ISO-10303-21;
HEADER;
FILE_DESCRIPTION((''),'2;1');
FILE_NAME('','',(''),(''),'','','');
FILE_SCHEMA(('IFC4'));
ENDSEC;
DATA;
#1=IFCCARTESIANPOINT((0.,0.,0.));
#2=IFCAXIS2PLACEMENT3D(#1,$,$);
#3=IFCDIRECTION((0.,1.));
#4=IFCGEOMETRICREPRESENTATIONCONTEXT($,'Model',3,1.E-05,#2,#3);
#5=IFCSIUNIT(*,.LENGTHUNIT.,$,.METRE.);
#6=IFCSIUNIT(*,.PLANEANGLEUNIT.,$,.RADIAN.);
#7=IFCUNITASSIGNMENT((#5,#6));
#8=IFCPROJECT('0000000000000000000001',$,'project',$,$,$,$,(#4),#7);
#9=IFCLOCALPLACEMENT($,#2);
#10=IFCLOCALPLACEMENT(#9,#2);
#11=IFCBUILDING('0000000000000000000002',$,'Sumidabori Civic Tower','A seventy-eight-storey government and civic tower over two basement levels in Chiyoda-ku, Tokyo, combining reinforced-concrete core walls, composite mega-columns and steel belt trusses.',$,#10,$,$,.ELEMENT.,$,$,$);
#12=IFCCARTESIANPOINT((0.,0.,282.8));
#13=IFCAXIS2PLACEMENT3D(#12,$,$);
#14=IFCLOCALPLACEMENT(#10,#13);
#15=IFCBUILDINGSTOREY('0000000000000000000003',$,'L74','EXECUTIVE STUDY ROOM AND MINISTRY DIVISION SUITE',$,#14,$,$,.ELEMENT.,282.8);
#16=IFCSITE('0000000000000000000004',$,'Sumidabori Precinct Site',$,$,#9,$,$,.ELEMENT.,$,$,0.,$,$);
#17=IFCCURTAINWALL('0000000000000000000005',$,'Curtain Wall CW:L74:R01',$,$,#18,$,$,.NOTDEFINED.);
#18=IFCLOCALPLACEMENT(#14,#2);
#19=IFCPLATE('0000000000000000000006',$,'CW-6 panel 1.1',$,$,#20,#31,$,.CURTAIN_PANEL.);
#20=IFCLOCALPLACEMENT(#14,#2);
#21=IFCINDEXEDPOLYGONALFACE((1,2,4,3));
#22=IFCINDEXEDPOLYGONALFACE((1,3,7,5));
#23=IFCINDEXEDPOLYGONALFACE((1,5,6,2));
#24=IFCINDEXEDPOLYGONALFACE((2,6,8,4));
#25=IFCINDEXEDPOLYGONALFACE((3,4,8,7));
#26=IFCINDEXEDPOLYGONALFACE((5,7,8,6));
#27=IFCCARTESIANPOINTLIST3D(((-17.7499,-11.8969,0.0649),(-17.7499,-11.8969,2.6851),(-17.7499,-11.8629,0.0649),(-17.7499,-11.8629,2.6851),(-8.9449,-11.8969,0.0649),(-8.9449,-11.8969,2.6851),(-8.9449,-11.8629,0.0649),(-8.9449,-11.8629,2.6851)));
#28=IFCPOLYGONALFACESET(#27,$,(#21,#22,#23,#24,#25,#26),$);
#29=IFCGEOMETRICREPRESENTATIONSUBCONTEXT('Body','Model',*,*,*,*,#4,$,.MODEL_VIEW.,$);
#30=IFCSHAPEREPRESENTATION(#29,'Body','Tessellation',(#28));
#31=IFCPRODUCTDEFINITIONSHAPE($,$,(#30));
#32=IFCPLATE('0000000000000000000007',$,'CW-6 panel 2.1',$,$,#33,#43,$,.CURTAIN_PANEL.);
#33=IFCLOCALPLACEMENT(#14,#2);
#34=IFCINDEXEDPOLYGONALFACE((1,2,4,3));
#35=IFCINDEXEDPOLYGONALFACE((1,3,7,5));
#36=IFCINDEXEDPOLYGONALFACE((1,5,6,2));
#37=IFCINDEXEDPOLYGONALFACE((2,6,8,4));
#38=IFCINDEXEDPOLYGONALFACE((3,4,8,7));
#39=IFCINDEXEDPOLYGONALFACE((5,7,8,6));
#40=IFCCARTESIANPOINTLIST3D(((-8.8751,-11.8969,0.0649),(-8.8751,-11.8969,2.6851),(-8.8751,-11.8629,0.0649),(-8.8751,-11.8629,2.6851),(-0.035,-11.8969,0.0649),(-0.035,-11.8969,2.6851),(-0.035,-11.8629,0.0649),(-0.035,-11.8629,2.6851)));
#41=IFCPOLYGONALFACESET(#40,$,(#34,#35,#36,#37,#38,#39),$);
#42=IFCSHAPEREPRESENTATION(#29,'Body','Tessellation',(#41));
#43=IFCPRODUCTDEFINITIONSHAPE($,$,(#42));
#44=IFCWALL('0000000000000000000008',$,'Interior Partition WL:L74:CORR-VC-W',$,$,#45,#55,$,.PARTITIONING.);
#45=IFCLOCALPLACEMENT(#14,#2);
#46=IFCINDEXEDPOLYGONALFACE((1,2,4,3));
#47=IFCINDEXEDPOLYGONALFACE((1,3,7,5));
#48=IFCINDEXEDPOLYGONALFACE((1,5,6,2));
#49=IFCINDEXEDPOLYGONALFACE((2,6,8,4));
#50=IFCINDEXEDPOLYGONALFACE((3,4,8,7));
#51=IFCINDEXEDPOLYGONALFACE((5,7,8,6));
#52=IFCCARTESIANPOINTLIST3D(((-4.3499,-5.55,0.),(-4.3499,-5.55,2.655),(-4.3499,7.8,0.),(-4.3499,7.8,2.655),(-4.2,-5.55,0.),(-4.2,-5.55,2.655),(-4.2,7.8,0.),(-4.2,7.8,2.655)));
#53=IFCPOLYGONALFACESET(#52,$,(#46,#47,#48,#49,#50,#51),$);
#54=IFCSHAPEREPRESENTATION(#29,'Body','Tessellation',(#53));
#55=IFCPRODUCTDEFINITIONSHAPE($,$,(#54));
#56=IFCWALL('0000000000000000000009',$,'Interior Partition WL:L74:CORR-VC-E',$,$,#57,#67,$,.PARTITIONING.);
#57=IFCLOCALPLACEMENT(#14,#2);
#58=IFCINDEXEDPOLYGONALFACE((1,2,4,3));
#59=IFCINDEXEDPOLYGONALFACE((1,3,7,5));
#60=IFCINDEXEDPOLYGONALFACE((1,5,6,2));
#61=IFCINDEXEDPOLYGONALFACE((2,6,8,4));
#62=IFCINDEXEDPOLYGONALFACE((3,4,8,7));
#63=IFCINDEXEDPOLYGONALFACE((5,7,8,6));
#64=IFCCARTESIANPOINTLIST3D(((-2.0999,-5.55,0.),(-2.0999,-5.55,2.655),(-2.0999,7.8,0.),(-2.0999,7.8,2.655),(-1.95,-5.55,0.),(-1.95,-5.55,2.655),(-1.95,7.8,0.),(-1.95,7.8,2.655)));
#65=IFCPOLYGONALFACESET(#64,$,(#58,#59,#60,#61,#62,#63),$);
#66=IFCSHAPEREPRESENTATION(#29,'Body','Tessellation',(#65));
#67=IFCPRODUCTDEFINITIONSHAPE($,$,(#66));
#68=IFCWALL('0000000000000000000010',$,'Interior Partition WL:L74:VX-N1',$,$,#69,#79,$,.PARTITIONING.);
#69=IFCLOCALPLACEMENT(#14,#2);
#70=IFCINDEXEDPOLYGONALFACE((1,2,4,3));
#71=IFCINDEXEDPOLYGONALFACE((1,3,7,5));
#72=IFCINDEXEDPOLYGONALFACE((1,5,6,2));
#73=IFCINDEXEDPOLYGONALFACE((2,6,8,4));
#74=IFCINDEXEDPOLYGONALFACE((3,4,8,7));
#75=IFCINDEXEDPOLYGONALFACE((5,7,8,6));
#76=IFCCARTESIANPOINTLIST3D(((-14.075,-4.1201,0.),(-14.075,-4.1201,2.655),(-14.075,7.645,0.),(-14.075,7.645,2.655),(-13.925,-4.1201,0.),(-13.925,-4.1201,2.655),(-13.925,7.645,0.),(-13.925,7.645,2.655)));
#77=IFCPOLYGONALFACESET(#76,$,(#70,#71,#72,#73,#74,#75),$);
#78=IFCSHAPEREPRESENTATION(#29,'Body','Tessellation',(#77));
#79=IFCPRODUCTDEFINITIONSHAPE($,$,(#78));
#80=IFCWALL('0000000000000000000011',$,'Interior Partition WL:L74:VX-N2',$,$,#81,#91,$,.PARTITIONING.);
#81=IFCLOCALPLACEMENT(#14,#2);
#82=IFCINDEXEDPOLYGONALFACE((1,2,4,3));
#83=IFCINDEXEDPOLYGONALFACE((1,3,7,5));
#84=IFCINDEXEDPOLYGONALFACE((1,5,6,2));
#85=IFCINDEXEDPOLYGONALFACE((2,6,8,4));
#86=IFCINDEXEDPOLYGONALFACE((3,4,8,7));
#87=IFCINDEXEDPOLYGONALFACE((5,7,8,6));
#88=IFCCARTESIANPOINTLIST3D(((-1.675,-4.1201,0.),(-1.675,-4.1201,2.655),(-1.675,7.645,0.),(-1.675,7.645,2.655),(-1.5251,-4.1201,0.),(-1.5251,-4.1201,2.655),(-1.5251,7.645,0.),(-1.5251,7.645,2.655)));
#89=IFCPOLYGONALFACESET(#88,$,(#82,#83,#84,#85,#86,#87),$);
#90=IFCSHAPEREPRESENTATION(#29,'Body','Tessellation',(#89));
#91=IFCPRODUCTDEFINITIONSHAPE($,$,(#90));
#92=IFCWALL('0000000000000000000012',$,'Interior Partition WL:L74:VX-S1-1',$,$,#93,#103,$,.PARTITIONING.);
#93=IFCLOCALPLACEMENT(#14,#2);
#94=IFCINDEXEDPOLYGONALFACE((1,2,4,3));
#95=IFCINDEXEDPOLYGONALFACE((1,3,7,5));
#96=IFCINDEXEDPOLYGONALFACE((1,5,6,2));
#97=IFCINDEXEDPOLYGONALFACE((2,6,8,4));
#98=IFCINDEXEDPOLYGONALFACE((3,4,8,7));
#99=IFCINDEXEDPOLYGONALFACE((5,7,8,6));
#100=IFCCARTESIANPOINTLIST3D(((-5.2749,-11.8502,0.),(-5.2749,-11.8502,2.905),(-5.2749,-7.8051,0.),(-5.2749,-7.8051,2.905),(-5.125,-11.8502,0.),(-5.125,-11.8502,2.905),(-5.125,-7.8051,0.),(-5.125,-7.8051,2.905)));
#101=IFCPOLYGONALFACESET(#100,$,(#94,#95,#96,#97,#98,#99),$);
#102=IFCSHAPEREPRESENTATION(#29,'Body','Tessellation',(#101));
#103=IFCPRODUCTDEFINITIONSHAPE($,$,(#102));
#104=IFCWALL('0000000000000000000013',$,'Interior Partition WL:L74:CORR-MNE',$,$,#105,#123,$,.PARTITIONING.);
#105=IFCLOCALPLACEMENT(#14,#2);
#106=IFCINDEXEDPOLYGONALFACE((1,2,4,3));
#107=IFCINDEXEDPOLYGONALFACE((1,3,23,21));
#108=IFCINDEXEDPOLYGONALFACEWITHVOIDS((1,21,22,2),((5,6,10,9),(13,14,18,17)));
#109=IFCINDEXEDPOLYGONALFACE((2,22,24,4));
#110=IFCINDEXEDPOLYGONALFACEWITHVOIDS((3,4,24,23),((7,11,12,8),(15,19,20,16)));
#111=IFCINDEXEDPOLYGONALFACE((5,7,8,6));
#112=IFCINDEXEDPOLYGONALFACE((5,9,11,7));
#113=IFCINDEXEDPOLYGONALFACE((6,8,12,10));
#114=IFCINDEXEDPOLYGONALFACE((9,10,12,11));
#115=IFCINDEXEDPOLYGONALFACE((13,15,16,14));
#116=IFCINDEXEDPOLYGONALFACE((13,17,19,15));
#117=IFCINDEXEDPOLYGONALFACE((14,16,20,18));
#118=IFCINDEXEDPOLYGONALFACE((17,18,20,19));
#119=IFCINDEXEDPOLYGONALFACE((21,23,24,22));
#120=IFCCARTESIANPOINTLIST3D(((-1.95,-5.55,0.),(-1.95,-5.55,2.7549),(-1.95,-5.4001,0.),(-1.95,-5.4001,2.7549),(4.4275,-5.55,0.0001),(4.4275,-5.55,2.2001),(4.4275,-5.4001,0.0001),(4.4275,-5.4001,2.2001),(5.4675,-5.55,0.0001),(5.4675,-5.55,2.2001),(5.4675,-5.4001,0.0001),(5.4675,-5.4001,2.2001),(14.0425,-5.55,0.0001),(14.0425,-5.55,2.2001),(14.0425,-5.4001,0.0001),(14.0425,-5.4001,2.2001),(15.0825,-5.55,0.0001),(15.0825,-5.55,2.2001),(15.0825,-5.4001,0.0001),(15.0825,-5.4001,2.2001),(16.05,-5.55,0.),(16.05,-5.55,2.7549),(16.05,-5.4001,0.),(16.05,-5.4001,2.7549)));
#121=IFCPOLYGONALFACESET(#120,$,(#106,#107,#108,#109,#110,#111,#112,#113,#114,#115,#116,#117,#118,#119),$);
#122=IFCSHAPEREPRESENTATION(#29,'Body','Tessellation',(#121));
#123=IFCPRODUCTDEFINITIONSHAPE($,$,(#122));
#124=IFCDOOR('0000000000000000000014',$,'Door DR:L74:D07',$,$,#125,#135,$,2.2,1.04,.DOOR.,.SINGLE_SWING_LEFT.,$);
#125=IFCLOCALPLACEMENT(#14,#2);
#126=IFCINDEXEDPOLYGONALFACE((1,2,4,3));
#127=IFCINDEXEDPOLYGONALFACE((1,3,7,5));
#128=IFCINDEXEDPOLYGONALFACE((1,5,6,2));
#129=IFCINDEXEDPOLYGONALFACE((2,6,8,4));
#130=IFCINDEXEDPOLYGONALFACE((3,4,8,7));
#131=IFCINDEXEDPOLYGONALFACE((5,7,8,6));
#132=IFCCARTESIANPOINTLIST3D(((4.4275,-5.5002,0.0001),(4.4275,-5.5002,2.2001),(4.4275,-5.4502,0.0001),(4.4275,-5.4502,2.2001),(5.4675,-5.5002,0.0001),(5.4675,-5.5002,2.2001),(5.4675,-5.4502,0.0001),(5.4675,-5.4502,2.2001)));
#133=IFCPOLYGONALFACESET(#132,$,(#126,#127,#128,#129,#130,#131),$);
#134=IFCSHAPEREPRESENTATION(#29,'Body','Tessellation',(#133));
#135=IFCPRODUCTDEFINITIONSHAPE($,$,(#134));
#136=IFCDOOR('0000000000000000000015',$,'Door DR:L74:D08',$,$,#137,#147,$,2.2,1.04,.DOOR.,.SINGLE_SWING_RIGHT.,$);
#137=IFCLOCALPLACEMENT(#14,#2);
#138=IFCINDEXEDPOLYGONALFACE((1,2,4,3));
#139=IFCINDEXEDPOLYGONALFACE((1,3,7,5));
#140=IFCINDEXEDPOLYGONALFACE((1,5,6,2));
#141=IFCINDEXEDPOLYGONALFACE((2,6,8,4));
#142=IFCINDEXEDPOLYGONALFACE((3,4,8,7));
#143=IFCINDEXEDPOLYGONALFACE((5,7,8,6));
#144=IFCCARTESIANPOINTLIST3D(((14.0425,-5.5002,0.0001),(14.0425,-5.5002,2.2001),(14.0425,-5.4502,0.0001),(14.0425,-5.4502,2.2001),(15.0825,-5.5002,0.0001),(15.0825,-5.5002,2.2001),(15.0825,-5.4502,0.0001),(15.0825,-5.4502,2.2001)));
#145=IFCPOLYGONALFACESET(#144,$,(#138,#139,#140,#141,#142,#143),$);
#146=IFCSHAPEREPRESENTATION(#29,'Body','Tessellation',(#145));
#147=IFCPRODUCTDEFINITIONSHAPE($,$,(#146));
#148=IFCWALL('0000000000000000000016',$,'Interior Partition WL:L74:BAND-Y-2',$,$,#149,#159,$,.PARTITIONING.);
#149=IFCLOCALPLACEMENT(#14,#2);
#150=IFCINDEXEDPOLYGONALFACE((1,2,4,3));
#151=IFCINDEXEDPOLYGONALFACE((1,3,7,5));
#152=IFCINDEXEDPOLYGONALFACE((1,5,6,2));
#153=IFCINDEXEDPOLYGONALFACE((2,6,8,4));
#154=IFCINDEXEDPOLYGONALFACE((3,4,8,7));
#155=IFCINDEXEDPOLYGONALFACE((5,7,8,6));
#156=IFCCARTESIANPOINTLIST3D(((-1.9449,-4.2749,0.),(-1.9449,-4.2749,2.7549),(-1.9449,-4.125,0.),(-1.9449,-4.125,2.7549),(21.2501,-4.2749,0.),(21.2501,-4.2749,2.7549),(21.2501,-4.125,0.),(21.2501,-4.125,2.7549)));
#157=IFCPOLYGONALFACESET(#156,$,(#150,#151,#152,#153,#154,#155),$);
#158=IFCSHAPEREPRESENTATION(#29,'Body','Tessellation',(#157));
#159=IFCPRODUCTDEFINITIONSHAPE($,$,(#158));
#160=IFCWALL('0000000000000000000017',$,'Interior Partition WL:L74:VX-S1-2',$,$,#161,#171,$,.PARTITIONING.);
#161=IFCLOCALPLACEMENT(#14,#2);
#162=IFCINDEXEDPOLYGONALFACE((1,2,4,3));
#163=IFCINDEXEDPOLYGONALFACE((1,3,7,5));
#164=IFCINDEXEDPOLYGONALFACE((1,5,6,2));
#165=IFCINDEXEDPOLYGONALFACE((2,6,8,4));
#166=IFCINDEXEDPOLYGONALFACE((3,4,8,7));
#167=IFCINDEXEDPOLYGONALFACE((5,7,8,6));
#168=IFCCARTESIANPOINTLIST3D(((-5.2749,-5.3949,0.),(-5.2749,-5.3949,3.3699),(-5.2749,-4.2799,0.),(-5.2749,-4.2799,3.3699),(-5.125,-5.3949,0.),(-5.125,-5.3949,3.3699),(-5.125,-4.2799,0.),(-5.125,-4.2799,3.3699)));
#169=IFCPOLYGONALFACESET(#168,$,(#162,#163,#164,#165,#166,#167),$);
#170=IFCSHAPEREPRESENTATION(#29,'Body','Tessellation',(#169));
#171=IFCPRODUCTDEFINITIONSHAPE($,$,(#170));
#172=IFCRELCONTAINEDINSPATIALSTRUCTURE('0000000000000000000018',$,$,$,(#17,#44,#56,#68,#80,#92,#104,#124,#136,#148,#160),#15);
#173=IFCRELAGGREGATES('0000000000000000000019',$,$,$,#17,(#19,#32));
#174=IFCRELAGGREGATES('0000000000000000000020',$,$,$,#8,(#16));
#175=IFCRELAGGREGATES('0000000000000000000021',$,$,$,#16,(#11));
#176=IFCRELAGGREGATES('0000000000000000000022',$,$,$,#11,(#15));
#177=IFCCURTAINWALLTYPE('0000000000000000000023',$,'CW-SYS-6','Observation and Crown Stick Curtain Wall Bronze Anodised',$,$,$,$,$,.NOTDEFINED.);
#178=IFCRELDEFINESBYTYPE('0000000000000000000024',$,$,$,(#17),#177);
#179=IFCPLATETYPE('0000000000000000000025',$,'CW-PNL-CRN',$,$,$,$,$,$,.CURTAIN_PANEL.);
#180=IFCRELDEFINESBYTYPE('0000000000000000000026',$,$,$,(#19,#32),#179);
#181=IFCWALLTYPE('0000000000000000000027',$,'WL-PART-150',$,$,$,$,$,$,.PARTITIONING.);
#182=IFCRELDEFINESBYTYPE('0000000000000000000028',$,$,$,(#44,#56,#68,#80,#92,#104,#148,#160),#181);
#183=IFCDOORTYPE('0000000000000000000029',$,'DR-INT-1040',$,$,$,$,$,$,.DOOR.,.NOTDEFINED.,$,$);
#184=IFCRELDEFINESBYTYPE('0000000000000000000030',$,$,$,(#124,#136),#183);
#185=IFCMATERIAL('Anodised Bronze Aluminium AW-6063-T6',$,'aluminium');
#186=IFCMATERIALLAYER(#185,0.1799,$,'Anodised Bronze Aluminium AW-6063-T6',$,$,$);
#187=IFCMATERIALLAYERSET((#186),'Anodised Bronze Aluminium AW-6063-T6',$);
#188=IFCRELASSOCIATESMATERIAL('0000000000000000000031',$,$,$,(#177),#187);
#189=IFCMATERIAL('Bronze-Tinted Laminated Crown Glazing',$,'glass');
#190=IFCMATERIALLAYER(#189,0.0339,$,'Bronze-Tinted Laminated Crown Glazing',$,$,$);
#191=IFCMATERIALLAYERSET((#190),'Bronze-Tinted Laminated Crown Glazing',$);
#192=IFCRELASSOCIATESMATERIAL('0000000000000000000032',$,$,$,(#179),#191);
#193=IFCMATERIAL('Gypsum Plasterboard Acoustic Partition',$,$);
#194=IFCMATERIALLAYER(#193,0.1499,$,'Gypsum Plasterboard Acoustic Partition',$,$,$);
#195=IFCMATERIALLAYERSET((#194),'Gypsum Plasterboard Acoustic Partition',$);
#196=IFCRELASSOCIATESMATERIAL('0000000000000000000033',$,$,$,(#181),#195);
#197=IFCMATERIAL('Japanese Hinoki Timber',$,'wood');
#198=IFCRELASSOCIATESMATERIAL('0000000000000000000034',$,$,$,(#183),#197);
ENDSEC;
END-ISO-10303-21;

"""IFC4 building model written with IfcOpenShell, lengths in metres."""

from ifc_helpers import new_model, si_unit, direction, frame, frame_2d, origin, origin_2d, place, context, subcontext, project, spatial, rectangle, extrude, source, transform, mapped, material, layer, layer_set, type_object, element, fill, aggregate, save


model = new_model("IFC4")

# Units and contexts
model_context = context("Model", 3, precision=1e-05, world=origin(), true_north=direction((0.0, 1.0)))
body_context = subcontext(model_context, "Body", "Model", "MODEL_VIEW")
ifc_project = project(units=[si_unit("LENGTHUNIT", "METRE"), si_unit("PLANEANGLEUNIT", "RADIAN")], contexts=[model_context])

# Site, building, storey
site_placement = place(None, origin())
site = spatial("IfcSite", under=ifc_project, at=site_placement, Name="Sumidabori Precinct Site", CompositionType="ELEMENT", RefElevation=0.0)
building_placement = place(site_placement, origin())
building = spatial("IfcBuilding", under=site, at=building_placement, Name="Sumidabori Civic Tower", Description="A seventy-eight-storey government and civic tower over two basement levels in Chiyoda-ku, Tokyo, combining reinforced-concrete core walls, composite mega-columns and steel belt trusses.", CompositionType="ELEMENT")
storey_placement = place(building_placement, frame((0.0, 0.0, 282.8)))
storey = spatial("IfcBuildingStorey", under=building, at=storey_placement, Name="L74", Description="EXECUTIVE STUDY ROOM AND MINISTRY DIVISION SUITE", CompositionType="ELEMENT", Elevation=282.8)

# Curtain wall
ifc_material_1 = material(Name="Anodised Bronze Aluminium AW-6063-T6", Category="aluminium")
ifc_layer_1 = layer(ifc_material_1, 0.1799, Name="Anodised Bronze Aluminium AW-6063-T6")
ifc_layer_set_1 = layer_set([ifc_layer_1], Name="Anodised Bronze Aluminium AW-6063-T6")
curtain_wall_type = type_object("IfcCurtainWallType", Name="CW-SYS-6", Description="Observation and Crown Stick Curtain Wall Bronze Anodised", PredefinedType="NOTDEFINED", material=ifc_layer_set_1)
curtain_wall_placement = place(storey_placement, origin())
curtain_wall = element("IfcCurtainWall", 1, at=curtain_wall_placement, inside=storey, type_object=curtain_wall_type, Name="Curtain Wall CW:L74:R01", PredefinedType="NOTDEFINED")

# Plates
ifc_material_2 = material(Name="Bronze-Tinted Laminated Crown Glazing", Category="glass")
ifc_layer_2 = layer(ifc_material_2, 0.0339, Name="Bronze-Tinted Laminated Crown Glazing")
ifc_layer_set_2 = layer_set([ifc_layer_2], Name="Bronze-Tinted Laminated Crown Glazing")
plate_type = type_object("IfcPlateType", Name="CW-PNL-CRN", PredefinedType="CURTAIN_PANEL", material=ifc_layer_set_2)
shared_shape_1 = source(origin(), body_context, "Body", "SweptSolid", [
    extrude(rectangle(XDim=8.8049, YDim=0.0339, at=origin_2d()), origin(), (0.0, 0.0, 1.0), 2.6201),
])
plate_1_placement = place(storey_placement, frame((-13.3474, -11.8799, 0.0649), z_axis=(0.0, 0.0, 1.0), x_axis=(1.0, 0.0, 0.0)))
plate_1 = element("IfcPlate", 2, at=plate_1_placement, type_object=plate_type, Name="CW-6 panel 1.1", PredefinedType="CURTAIN_PANEL", context=body_context, shape_type="MappedRepresentation", body=[
    mapped(shared_shape_1, transform((0.0, 0.0, 0.0), x_axis=(1.0, 0.0, 0.0), y_axis=(0.0, 1.0, 0.0), z_axis=(0.0, 0.0, 1.0), scale=1.0)),
])
shared_shape_2 = source(origin(), body_context, "Body", "SweptSolid", [
    extrude(rectangle(XDim=8.8401, YDim=0.0339, at=origin_2d()), origin(), (0.0, 0.0, 1.0), 2.6201),
])
plate_2_placement = place(storey_placement, frame((-4.4551, -11.8799, 0.0649), z_axis=(0.0, 0.0, 1.0), x_axis=(1.0, 0.0, 0.0)))
plate_2 = element("IfcPlate", 3, at=plate_2_placement, type_object=plate_type, Name="CW-6 panel 2.1", PredefinedType="CURTAIN_PANEL", context=body_context, shape_type="MappedRepresentation", body=[
    mapped(shared_shape_2, transform((0.0, 0.0, 0.0), x_axis=(1.0, 0.0, 0.0), y_axis=(0.0, 1.0, 0.0), z_axis=(0.0, 0.0, 1.0), scale=1.0)),
])
aggregate(curtain_wall, [plate_1, plate_2])

# Walls
ifc_material_3 = material(Name="Gypsum Plasterboard Acoustic Partition")
ifc_layer_3 = layer(ifc_material_3, 0.1499, Name="Gypsum Plasterboard Acoustic Partition")
ifc_layer_set_3 = layer_set([ifc_layer_3], Name="Gypsum Plasterboard Acoustic Partition")
wall_type = type_object("IfcWallType", Name="WL-PART-150", PredefinedType="PARTITIONING", material=ifc_layer_set_3)
shared_shape_3 = source(origin(), body_context, "Body", "SweptSolid", [
    extrude(rectangle(XDim=13.3501, YDim=0.1499, at=frame_2d((6.675, 0.0))), origin(), (0.0, 0.0, 1.0), 2.655),
])
for number, where, z_axis, x_axis, name in (
    (4, (-4.2749, -5.55, 0.0), (0.0, 0.0, 1.0), (0.0, 1.0, 0.0), "Interior Partition WL:L74:CORR-VC-W"),
    (5, (-2.0249, -5.55, 0.0), (0.0, 0.0, 1.0), (0.0, 1.0, 0.0), "Interior Partition WL:L74:CORR-VC-E"),
):
    element("IfcWall", number, at=place(storey_placement, frame(where, z_axis=z_axis, x_axis=x_axis)), inside=storey, type_object=wall_type, Name=name, PredefinedType="PARTITIONING", context=body_context, shape_type="MappedRepresentation", body=[
        mapped(shared_shape_3, transform((0.0, 0.0, 0.0), x_axis=(1.0, 0.0, 0.0), y_axis=(0.0, 1.0, 0.0), z_axis=(0.0, 0.0, 1.0), scale=1.0)),
    ])
shared_shape_4 = source(origin(), body_context, "Body", "SweptSolid", [
    extrude(rectangle(XDim=11.7651, YDim=0.1499, at=frame_2d((5.8826, 0.0))), origin(), (0.0, 0.0, 1.0), 2.655),
])
for number, where, z_axis, x_axis, name in (
    (6, (-14.0, -4.1201, 0.0), (0.0, 0.0, 1.0), (0.0, 1.0, 0.0), "Interior Partition WL:L74:VX-N1"),
    (7, (-1.6001, -4.1201, 0.0), (0.0, 0.0, 1.0), (0.0, 1.0, 0.0), "Interior Partition WL:L74:VX-N2"),
):
    element("IfcWall", number, at=place(storey_placement, frame(where, z_axis=z_axis, x_axis=x_axis)), inside=storey, type_object=wall_type, Name=name, PredefinedType="PARTITIONING", context=body_context, shape_type="MappedRepresentation", body=[
        mapped(shared_shape_4, transform((0.0, 0.0, 0.0), x_axis=(1.0, 0.0, 0.0), y_axis=(0.0, 1.0, 0.0), z_axis=(0.0, 0.0, 1.0), scale=1.0)),
    ])
shared_shape_5 = source(origin(), body_context, "Body", "SweptSolid", [
    extrude(rectangle(XDim=4.0452, YDim=0.1499, at=frame_2d((2.0225, 0.0))), origin(), (0.0, 0.0, 1.0), 2.905),
])
wall_1_placement = place(storey_placement, frame((-5.2, -11.8501, 0.0), z_axis=(0.0, 0.0, 1.0), x_axis=(0.0, 1.0, 0.0)))
element("IfcWall", 8, at=wall_1_placement, inside=storey, type_object=wall_type, Name="Interior Partition WL:L74:VX-S1-1", PredefinedType="PARTITIONING", context=body_context, shape_type="MappedRepresentation", body=[
    mapped(shared_shape_5, transform((0.0, 0.0, 0.0), x_axis=(1.0, 0.0, 0.0), y_axis=(0.0, 1.0, 0.0), z_axis=(0.0, 0.0, 1.0), scale=1.0)),
])

# Wall, openings, doors
shared_shape_6 = source(origin(), body_context, "Body", "SweptSolid", [
    extrude(rectangle(XDim=18.0, YDim=0.1499, at=frame_2d((9.0, 0.0))), origin(), (0.0, 0.0, 1.0), 2.7549),
])
wall_2_placement = place(storey_placement, frame((-1.95, -5.4751, 0.0), z_axis=(0.0, 0.0, 1.0), x_axis=(1.0, 0.0, 0.0)))
wall_2 = element("IfcWall", 9, at=wall_2_placement, inside=storey, type_object=wall_type, Name="Interior Partition WL:L74:CORR-MNE", PredefinedType="PARTITIONING", context=body_context, shape_type="MappedRepresentation", body=[
    mapped(shared_shape_6, transform((0.0, 0.0, 0.0), x_axis=(1.0, 0.0, 0.0), y_axis=(0.0, 1.0, 0.0), z_axis=(0.0, 0.0, 1.0), scale=1.0)),
])
opening_1_placement = place(wall_2_placement, frame((6.3774, 0.0, 0.0)))
opening_1 = element("IfcOpeningElement", 10, at=opening_1_placement, cuts=wall_2, PredefinedType="OPENING", context=body_context, shape_type="SweptSolid", body=[
    extrude(rectangle(XDim=1.04, YDim=2.2, at=frame_2d((0.52, 1.1001))), frame((0.0, 0.0869, 0.0), z_axis=(0.0, -1.0, 0.0), x_axis=(1.0, 0.0, 0.0)), (0.0, 0.0, 1.0), 0.1738),
])
opening_2_placement = place(wall_2_placement, frame((15.9924, 0.0, 0.0)))
opening_2 = element("IfcOpeningElement", 11, at=opening_2_placement, cuts=wall_2, PredefinedType="OPENING", context=body_context, shape_type="SweptSolid", body=[
    extrude(rectangle(XDim=1.04, YDim=2.2, at=frame_2d((0.52, 1.1001))), frame((0.0, 0.0869, 0.0), z_axis=(0.0, -1.0, 0.0), x_axis=(1.0, 0.0, 0.0)), (0.0, 0.0, 1.0), 0.1738),
])
ifc_material_4 = material(Name="Japanese Hinoki Timber", Category="wood")
door_type = type_object("IfcDoorType", Name="DR-INT-1040", OperationType="NOTDEFINED", PredefinedType="DOOR", material=ifc_material_4)
shared_shape_7 = source(origin(), body_context, "Body", "SweptSolid", [
    extrude(rectangle(XDim=1.04, YDim=2.2, at=frame_2d((0.52, 1.1001))), frame((0.0, 0.0249, 0.0), z_axis=(0.0, -1.0, 0.0), x_axis=(1.0, 0.0, 0.0)), (0.0, 0.0, 1.0), 0.05),
])
door_1_placement = place(opening_1_placement, origin())
door_1 = element("IfcDoor", 12, at=door_1_placement, inside=storey, type_object=door_type, Name="Door DR:L74:D07", OperationType="SINGLE_SWING_LEFT", OverallHeight=2.2, OverallWidth=1.04, PredefinedType="DOOR", context=body_context, shape_type="MappedRepresentation", body=[
    mapped(shared_shape_7, transform((0.0, 0.0, 0.0), x_axis=(1.0, 0.0, 0.0), y_axis=(0.0, 1.0, 0.0), z_axis=(0.0, 0.0, 1.0), scale=1.0)),
])
fill(opening_1, door_1)
door_2_placement = place(opening_2_placement, origin())
door_2 = element("IfcDoor", 13, at=door_2_placement, inside=storey, type_object=door_type, Name="Door DR:L74:D08", OperationType="SINGLE_SWING_RIGHT", OverallHeight=2.2, OverallWidth=1.04, PredefinedType="DOOR", context=body_context, shape_type="MappedRepresentation", body=[
    mapped(shared_shape_7, transform((0.0, 0.0, 0.0), x_axis=(1.0, 0.0, 0.0), y_axis=(0.0, 1.0, 0.0), z_axis=(0.0, 0.0, 1.0), scale=1.0)),
])
fill(opening_2, door_2)

# Walls
shared_shape_8 = source(origin(), body_context, "Body", "SweptSolid", [
    extrude(rectangle(XDim=23.1951, YDim=0.1499, at=frame_2d((11.5977, 0.0))), origin(), (0.0, 0.0, 1.0), 2.7549),
])
wall_3_placement = place(storey_placement, frame((-1.9451, -4.2, 0.0), z_axis=(0.0, 0.0, 1.0), x_axis=(1.0, 0.0, 0.0)))
element("IfcWall", 14, at=wall_3_placement, inside=storey, type_object=wall_type, Name="Interior Partition WL:L74:BAND-Y-2", PredefinedType="PARTITIONING", context=body_context, shape_type="MappedRepresentation", body=[
    mapped(shared_shape_8, transform((0.0, 0.0, 0.0), x_axis=(1.0, 0.0, 0.0), y_axis=(0.0, 1.0, 0.0), z_axis=(0.0, 0.0, 1.0), scale=1.0)),
])
shared_shape_9 = source(origin(), body_context, "Body", "SweptSolid", [
    extrude(rectangle(XDim=1.115, YDim=0.1499, at=frame_2d((0.5576, 0.0))), origin(), (0.0, 0.0, 1.0), 3.3699),
])
wall_4_placement = place(storey_placement, frame((-5.2, -5.395, 0.0), z_axis=(0.0, 0.0, 1.0), x_axis=(0.0, 1.0, 0.0)))
element("IfcWall", 15, at=wall_4_placement, inside=storey, type_object=wall_type, Name="Interior Partition WL:L74:VX-S1-2", PredefinedType="PARTITIONING", context=body_context, shape_type="MappedRepresentation", body=[
    mapped(shared_shape_9, transform((0.0, 0.0, 0.0), x_axis=(1.0, 0.0, 0.0), y_axis=(0.0, 1.0, 0.0), z_axis=(0.0, 0.0, 1.0), scale=1.0)),
])

save(model, "model.ifc")
